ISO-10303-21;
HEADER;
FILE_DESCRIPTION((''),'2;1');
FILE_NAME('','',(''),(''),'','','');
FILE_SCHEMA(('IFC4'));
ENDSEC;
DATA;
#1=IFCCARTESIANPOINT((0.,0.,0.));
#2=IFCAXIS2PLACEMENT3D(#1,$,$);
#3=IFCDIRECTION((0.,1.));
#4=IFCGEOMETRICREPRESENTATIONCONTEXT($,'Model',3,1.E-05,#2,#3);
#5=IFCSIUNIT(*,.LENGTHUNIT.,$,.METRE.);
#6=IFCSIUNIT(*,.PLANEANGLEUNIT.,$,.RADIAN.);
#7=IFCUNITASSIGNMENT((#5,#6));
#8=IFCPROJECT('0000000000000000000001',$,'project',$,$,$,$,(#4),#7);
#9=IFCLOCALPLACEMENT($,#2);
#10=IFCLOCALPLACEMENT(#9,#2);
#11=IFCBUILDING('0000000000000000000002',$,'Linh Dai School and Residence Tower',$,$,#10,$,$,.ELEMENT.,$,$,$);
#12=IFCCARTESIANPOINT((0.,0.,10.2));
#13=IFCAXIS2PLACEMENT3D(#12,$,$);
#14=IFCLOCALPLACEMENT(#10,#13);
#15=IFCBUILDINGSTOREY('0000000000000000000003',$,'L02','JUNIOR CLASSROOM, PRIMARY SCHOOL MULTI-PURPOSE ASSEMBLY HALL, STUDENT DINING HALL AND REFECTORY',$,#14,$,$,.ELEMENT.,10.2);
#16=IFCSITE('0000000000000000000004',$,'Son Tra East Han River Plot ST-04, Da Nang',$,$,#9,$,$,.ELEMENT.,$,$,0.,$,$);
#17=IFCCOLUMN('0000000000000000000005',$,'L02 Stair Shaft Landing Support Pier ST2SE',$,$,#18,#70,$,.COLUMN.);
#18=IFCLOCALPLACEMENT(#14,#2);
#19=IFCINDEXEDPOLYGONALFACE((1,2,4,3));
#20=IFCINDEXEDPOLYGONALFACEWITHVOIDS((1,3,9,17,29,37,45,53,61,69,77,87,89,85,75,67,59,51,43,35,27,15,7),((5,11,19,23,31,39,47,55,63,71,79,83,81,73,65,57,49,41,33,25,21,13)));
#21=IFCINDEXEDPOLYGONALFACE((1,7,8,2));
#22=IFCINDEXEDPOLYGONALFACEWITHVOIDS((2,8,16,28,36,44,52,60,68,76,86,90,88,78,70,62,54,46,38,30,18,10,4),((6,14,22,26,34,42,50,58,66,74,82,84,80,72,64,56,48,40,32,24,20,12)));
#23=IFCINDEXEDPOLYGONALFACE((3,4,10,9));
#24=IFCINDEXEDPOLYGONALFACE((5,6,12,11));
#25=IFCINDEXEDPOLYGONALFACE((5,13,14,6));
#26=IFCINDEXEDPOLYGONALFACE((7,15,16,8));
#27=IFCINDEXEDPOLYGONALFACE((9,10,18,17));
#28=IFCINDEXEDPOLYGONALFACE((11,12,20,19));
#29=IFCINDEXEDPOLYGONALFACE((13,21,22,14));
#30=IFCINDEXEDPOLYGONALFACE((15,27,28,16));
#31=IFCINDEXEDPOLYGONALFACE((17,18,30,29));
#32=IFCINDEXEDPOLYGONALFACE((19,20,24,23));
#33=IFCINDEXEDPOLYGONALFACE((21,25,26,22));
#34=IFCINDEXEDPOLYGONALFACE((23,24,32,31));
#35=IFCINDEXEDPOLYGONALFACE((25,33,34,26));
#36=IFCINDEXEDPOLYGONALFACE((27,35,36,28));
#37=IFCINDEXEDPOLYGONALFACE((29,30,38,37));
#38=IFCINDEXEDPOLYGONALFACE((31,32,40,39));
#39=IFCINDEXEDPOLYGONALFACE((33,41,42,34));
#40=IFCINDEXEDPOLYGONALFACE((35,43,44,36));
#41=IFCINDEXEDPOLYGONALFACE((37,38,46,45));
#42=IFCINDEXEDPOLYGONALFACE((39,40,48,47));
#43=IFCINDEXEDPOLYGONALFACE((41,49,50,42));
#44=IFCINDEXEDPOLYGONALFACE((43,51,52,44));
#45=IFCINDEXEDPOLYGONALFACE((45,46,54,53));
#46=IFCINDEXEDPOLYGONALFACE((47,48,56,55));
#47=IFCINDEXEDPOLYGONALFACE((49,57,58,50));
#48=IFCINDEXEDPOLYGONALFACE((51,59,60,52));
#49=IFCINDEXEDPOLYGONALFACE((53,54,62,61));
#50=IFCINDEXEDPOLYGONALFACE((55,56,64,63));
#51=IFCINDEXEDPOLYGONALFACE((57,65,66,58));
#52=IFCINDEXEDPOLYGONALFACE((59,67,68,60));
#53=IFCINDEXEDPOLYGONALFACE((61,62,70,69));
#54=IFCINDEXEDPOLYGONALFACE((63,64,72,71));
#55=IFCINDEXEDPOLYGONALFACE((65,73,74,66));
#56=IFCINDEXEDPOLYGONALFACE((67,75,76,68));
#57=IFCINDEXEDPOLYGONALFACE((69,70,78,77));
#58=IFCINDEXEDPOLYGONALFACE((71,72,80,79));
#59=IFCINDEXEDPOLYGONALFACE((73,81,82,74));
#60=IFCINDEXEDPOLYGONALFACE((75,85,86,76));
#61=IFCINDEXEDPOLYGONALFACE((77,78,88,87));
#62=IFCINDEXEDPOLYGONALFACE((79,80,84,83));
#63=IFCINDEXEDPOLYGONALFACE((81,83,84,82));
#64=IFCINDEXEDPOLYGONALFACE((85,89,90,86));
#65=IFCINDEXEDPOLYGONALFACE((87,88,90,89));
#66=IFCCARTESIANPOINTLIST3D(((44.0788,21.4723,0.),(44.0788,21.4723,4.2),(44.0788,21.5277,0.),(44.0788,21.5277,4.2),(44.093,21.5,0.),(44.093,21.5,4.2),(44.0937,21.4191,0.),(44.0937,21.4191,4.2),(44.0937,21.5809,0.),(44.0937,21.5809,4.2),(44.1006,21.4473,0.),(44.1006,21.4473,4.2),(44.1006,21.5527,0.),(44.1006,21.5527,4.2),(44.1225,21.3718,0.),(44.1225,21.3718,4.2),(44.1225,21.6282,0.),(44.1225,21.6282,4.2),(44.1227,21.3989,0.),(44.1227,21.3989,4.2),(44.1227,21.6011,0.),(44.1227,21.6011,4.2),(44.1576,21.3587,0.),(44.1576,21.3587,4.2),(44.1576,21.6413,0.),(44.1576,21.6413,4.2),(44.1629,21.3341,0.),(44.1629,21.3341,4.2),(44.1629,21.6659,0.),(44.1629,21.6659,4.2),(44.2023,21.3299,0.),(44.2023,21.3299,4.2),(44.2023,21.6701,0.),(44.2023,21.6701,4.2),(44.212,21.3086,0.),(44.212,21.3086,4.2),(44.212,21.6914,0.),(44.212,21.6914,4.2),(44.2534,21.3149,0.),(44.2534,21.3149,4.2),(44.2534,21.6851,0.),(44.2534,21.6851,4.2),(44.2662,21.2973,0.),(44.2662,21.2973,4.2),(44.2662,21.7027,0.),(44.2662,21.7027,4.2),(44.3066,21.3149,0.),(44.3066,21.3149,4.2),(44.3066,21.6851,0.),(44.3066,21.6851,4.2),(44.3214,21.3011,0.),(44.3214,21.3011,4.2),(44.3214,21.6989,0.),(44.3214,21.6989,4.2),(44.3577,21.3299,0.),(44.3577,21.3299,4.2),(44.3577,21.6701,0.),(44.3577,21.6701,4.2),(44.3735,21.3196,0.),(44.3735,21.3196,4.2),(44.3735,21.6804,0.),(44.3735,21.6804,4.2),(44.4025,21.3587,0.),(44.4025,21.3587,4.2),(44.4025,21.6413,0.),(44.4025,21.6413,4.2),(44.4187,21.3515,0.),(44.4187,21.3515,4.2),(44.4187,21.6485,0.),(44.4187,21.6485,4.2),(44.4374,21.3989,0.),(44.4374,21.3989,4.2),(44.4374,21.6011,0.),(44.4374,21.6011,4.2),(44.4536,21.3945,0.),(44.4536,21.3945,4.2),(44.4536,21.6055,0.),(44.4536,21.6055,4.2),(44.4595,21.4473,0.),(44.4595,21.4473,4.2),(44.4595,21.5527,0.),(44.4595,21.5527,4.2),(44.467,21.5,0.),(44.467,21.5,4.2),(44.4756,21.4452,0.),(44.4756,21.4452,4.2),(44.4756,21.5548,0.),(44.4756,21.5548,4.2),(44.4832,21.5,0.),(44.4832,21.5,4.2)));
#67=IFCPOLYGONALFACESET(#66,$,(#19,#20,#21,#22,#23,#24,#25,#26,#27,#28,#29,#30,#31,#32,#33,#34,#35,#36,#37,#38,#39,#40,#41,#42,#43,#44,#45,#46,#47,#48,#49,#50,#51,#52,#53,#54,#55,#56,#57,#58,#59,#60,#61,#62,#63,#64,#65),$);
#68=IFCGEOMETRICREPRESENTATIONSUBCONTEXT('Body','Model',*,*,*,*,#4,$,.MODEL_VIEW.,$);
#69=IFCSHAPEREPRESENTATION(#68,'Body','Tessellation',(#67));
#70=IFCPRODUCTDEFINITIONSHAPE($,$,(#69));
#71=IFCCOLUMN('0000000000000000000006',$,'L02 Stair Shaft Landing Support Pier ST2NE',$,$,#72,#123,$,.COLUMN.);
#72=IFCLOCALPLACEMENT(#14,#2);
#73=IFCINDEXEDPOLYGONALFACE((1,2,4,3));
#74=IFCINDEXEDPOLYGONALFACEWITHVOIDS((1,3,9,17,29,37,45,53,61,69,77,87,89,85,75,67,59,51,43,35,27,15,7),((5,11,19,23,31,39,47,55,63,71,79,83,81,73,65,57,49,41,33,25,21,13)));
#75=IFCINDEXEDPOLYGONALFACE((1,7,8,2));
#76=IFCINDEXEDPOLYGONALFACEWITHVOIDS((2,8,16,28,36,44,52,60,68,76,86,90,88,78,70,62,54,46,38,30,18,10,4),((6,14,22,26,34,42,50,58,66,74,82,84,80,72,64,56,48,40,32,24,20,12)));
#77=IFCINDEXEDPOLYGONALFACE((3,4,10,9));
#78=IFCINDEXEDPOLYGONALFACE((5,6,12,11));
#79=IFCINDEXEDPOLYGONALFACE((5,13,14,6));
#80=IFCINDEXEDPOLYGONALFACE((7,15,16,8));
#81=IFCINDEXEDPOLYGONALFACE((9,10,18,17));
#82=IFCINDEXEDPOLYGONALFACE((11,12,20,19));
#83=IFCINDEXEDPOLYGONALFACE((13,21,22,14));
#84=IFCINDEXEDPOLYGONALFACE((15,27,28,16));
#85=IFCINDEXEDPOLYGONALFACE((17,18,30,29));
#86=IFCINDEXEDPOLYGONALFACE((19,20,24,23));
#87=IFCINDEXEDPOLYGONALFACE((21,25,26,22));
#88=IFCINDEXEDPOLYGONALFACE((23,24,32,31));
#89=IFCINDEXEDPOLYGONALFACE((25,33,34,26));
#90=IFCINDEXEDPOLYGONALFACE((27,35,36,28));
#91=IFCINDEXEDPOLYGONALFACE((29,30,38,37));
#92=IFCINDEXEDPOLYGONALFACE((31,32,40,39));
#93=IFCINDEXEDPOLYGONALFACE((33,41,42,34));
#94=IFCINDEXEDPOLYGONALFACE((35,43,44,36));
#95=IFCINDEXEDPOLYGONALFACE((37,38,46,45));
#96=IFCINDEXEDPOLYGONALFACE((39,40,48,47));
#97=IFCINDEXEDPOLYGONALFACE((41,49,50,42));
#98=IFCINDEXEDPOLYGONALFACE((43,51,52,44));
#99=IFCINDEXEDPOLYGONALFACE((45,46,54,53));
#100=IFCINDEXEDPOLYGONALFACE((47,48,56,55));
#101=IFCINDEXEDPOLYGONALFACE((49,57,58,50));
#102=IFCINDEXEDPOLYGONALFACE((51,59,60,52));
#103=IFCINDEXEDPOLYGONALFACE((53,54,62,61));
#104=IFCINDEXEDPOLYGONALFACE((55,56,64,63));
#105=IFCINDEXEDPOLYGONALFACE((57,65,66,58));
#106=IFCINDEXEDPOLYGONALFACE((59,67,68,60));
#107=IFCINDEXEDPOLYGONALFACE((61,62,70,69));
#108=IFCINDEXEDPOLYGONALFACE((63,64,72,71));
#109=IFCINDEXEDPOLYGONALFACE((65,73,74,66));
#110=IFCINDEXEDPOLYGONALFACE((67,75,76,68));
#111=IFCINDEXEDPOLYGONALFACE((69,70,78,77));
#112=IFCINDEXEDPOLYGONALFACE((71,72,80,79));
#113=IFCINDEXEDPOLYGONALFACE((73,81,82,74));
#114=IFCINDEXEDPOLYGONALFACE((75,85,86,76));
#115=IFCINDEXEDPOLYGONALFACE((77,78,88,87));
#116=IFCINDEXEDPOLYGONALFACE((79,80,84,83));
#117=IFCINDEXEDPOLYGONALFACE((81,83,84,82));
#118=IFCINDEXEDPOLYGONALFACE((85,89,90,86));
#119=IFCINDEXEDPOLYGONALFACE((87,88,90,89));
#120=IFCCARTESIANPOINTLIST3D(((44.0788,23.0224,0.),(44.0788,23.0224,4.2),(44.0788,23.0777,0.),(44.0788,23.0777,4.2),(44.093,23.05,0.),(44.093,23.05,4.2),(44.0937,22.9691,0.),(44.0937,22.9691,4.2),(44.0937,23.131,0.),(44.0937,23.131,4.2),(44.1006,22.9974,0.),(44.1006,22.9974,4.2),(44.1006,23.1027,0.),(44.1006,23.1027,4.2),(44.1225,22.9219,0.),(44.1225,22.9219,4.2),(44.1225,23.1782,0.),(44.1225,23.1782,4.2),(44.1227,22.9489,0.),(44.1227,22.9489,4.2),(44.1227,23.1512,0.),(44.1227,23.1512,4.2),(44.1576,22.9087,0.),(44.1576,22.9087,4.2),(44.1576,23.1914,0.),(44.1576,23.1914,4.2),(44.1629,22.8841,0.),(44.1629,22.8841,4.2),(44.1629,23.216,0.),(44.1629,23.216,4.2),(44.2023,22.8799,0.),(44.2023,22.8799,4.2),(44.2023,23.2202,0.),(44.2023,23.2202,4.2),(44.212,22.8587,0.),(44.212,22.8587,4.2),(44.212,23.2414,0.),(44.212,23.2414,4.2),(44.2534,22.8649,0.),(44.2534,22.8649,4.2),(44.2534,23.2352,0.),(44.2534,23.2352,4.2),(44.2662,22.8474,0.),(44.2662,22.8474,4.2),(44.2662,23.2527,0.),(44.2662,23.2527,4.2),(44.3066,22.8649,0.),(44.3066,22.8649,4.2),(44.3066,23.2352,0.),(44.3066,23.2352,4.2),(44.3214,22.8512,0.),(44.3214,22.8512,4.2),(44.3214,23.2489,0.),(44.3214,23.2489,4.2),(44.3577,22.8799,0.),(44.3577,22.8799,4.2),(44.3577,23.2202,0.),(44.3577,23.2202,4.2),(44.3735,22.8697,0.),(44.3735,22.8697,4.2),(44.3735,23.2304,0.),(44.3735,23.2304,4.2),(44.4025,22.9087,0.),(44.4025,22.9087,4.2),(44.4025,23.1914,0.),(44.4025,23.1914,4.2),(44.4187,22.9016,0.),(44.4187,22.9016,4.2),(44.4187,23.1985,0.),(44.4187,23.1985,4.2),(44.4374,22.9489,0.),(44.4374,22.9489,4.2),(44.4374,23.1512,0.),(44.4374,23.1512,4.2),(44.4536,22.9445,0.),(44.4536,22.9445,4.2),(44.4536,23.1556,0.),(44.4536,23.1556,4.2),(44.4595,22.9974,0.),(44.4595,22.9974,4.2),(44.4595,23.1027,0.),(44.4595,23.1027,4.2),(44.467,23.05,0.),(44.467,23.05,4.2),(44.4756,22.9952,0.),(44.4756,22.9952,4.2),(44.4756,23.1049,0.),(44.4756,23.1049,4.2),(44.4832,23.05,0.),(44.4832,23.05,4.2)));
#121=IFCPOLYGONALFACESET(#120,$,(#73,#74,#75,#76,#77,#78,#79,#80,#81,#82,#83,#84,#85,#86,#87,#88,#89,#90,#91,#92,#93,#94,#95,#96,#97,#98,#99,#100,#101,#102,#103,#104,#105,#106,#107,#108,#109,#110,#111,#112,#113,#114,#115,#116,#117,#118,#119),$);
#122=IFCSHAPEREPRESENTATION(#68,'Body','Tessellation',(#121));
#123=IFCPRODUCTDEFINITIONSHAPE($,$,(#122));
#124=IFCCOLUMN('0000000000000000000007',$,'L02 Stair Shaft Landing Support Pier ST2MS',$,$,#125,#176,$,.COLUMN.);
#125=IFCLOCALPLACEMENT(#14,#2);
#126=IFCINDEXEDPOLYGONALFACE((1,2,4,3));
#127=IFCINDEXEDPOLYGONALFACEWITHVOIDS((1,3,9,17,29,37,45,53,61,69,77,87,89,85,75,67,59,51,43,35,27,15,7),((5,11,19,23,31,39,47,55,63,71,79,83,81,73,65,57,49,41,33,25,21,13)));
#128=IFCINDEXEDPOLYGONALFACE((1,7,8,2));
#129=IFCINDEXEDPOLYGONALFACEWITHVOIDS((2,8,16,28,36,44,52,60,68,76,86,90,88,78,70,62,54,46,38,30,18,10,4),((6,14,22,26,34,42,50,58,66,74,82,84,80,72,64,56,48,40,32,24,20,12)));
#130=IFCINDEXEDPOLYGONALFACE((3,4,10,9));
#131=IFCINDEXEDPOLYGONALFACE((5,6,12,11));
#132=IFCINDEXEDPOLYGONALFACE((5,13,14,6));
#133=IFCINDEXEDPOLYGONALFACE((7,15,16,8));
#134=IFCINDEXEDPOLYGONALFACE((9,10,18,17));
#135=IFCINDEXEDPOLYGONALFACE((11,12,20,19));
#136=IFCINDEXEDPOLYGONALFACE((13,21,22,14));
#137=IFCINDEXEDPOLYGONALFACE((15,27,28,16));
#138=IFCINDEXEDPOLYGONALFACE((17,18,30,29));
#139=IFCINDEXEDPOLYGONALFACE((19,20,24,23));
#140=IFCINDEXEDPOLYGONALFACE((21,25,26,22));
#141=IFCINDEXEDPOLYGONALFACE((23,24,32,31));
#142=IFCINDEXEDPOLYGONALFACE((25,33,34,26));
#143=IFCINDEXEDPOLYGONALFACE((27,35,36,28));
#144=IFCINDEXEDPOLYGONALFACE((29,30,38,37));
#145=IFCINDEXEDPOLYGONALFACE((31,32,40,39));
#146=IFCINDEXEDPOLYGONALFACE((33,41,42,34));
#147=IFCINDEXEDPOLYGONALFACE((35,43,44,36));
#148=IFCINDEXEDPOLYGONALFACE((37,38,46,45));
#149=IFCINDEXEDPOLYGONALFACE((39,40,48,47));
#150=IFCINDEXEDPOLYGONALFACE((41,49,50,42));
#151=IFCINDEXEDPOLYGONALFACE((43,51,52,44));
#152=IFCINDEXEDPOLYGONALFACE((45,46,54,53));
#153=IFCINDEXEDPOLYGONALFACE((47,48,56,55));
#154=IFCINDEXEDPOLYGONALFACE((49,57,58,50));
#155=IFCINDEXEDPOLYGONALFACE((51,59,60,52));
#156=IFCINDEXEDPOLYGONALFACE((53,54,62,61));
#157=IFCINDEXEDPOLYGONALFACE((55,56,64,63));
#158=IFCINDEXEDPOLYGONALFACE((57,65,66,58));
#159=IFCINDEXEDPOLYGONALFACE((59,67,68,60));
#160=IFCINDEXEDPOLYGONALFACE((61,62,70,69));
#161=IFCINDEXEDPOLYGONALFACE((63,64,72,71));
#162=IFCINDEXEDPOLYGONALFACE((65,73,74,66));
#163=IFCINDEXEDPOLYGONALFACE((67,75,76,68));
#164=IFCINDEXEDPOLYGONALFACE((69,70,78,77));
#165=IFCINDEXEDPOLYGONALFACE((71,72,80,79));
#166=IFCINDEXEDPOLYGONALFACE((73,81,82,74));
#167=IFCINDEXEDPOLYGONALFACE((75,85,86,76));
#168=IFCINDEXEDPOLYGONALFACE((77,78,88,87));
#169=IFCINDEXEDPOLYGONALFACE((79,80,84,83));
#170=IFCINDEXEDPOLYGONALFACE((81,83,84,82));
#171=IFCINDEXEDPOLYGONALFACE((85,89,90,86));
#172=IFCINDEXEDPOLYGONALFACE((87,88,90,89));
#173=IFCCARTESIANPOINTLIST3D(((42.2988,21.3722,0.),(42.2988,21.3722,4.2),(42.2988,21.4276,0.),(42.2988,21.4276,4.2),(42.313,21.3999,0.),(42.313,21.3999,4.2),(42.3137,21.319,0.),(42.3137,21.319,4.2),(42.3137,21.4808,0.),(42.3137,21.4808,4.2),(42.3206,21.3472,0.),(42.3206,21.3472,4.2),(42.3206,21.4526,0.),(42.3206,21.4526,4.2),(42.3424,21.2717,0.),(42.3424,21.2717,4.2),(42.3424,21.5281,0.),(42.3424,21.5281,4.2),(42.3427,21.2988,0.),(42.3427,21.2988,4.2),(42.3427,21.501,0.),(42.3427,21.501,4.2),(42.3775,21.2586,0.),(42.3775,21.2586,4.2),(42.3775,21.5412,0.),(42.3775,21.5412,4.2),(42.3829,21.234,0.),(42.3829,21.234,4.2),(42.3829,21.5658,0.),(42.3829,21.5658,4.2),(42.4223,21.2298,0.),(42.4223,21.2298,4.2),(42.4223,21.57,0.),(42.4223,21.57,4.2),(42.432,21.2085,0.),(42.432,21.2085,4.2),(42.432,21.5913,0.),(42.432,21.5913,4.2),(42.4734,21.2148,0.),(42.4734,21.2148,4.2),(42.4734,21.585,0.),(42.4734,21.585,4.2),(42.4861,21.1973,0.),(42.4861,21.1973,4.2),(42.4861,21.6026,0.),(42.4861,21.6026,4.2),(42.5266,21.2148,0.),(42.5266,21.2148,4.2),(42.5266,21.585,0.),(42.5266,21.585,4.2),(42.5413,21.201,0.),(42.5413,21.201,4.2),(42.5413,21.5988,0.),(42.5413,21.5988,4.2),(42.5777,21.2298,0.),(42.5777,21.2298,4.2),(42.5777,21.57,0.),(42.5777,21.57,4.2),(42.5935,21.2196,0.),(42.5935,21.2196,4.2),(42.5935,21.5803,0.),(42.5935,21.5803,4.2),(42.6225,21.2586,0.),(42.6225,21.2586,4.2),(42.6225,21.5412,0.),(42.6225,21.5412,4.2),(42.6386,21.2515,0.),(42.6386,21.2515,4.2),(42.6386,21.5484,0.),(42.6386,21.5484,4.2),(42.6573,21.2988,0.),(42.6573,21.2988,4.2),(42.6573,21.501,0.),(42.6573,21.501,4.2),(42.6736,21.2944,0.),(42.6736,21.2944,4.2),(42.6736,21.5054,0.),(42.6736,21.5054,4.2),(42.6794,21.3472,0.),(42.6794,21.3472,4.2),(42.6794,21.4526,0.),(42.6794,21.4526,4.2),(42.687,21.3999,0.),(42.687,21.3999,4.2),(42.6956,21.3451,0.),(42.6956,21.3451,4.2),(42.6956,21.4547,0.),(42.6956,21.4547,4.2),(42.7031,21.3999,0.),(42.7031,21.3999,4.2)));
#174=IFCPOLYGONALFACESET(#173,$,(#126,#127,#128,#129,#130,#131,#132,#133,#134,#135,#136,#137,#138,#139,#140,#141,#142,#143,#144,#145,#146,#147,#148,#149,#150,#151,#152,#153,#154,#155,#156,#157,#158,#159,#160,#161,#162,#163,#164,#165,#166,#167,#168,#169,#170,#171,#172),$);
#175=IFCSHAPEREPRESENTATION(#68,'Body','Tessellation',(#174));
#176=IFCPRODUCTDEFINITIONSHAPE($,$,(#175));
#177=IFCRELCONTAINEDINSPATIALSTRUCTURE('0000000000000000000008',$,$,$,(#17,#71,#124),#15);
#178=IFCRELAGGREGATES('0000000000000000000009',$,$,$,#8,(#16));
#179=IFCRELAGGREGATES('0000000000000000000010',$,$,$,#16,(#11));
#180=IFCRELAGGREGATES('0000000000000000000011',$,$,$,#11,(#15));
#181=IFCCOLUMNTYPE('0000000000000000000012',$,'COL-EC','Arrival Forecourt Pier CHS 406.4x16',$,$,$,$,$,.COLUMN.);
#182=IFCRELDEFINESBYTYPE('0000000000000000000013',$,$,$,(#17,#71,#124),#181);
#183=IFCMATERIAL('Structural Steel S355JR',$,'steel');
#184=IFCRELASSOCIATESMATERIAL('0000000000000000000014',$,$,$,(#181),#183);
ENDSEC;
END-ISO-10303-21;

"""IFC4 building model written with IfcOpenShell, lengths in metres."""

from ifc_helpers import new_model, si_unit, direction, frame, origin, origin_2d, place, context, subcontext, project, spatial, hollow_circle, extrude, material, material_profile, profile_set, type_object, element, save


model = new_model("IFC4")

# Units and contexts
model_context = context("Model", 3, precision=1e-05, world=origin(), true_north=direction((0.0, 1.0)))
body_context = subcontext(model_context, "Body", "Model", "MODEL_VIEW")
ifc_project = project(units=[si_unit("LENGTHUNIT", "METRE"), si_unit("PLANEANGLEUNIT", "RADIAN")], contexts=[model_context])

# Site, building, storey
site_placement = place(None, origin())
site = spatial("IfcSite", under=ifc_project, at=site_placement, Name="Son Tra East Han River Plot ST-04, Da Nang", CompositionType="ELEMENT", RefElevation=0.0)
building_placement = place(site_placement, origin())
building = spatial("IfcBuilding", under=site, at=building_placement, Name="Linh Dai School and Residence Tower", CompositionType="ELEMENT")
storey_placement = place(building_placement, frame((0.0, 0.0, 10.2)))
storey = spatial("IfcBuildingStorey", under=building, at=storey_placement, Name="L02", Description="JUNIOR CLASSROOM, PRIMARY SCHOOL MULTI-PURPOSE ASSEMBLY HALL, STUDENT DINING HALL AND REFECTORY", CompositionType="ELEMENT", Elevation=10.2)

# Columns
ifc_material_1 = material(Name="Structural Steel S355JR", Category="steel")
ifc_material_profile_1 = material_profile(ifc_material_1, hollow_circle(Radius=0.2031, WallThickness=0.0161, at=origin_2d()), Name="CHS 406.4x16")
ifc_profile_set_1 = profile_set([ifc_material_profile_1], Name="Structural Steel S355JR")
column_type_1 = type_object("IfcColumnType", Name="COL-EC", Description="Arrival Forecourt Pier CHS 406.4x16", PredefinedType="COLUMN", material=ifc_profile_set_1)
for number, where, z_axis, x_axis, name in (
    (1, (44.28, 21.5, 0.0), (0.0, 0.0, 1.0), (1.0, 0.0, 0.0), "L02 Stair Shaft Landing Support Pier ST2SE"),
    (2, (44.28, 23.05, 0.0), (0.0, 0.0, 1.0), (1.0, 0.0, 0.0), "L02 Stair Shaft Landing Support Pier ST2NE"),
    (3, (42.5, 21.3999, 0.0), (0.0, 0.0, 1.0), (1.0, 0.0, 0.0), "L02 Stair Shaft Landing Support Pier ST2MS"),
):
    element("IfcColumn", number, at=place(storey_placement, frame(where, z_axis=z_axis, x_axis=x_axis)), inside=storey, type_object=column_type_1, Name=name, PredefinedType="COLUMN", context=body_context, shape_type="SweptSolid", body=[
        extrude(hollow_circle(Radius=0.2031, WallThickness=0.0161, at=origin_2d()), origin(), (0.0, 0.0, 1.0), 4.2),
    ])

save(model, "model.ifc")
